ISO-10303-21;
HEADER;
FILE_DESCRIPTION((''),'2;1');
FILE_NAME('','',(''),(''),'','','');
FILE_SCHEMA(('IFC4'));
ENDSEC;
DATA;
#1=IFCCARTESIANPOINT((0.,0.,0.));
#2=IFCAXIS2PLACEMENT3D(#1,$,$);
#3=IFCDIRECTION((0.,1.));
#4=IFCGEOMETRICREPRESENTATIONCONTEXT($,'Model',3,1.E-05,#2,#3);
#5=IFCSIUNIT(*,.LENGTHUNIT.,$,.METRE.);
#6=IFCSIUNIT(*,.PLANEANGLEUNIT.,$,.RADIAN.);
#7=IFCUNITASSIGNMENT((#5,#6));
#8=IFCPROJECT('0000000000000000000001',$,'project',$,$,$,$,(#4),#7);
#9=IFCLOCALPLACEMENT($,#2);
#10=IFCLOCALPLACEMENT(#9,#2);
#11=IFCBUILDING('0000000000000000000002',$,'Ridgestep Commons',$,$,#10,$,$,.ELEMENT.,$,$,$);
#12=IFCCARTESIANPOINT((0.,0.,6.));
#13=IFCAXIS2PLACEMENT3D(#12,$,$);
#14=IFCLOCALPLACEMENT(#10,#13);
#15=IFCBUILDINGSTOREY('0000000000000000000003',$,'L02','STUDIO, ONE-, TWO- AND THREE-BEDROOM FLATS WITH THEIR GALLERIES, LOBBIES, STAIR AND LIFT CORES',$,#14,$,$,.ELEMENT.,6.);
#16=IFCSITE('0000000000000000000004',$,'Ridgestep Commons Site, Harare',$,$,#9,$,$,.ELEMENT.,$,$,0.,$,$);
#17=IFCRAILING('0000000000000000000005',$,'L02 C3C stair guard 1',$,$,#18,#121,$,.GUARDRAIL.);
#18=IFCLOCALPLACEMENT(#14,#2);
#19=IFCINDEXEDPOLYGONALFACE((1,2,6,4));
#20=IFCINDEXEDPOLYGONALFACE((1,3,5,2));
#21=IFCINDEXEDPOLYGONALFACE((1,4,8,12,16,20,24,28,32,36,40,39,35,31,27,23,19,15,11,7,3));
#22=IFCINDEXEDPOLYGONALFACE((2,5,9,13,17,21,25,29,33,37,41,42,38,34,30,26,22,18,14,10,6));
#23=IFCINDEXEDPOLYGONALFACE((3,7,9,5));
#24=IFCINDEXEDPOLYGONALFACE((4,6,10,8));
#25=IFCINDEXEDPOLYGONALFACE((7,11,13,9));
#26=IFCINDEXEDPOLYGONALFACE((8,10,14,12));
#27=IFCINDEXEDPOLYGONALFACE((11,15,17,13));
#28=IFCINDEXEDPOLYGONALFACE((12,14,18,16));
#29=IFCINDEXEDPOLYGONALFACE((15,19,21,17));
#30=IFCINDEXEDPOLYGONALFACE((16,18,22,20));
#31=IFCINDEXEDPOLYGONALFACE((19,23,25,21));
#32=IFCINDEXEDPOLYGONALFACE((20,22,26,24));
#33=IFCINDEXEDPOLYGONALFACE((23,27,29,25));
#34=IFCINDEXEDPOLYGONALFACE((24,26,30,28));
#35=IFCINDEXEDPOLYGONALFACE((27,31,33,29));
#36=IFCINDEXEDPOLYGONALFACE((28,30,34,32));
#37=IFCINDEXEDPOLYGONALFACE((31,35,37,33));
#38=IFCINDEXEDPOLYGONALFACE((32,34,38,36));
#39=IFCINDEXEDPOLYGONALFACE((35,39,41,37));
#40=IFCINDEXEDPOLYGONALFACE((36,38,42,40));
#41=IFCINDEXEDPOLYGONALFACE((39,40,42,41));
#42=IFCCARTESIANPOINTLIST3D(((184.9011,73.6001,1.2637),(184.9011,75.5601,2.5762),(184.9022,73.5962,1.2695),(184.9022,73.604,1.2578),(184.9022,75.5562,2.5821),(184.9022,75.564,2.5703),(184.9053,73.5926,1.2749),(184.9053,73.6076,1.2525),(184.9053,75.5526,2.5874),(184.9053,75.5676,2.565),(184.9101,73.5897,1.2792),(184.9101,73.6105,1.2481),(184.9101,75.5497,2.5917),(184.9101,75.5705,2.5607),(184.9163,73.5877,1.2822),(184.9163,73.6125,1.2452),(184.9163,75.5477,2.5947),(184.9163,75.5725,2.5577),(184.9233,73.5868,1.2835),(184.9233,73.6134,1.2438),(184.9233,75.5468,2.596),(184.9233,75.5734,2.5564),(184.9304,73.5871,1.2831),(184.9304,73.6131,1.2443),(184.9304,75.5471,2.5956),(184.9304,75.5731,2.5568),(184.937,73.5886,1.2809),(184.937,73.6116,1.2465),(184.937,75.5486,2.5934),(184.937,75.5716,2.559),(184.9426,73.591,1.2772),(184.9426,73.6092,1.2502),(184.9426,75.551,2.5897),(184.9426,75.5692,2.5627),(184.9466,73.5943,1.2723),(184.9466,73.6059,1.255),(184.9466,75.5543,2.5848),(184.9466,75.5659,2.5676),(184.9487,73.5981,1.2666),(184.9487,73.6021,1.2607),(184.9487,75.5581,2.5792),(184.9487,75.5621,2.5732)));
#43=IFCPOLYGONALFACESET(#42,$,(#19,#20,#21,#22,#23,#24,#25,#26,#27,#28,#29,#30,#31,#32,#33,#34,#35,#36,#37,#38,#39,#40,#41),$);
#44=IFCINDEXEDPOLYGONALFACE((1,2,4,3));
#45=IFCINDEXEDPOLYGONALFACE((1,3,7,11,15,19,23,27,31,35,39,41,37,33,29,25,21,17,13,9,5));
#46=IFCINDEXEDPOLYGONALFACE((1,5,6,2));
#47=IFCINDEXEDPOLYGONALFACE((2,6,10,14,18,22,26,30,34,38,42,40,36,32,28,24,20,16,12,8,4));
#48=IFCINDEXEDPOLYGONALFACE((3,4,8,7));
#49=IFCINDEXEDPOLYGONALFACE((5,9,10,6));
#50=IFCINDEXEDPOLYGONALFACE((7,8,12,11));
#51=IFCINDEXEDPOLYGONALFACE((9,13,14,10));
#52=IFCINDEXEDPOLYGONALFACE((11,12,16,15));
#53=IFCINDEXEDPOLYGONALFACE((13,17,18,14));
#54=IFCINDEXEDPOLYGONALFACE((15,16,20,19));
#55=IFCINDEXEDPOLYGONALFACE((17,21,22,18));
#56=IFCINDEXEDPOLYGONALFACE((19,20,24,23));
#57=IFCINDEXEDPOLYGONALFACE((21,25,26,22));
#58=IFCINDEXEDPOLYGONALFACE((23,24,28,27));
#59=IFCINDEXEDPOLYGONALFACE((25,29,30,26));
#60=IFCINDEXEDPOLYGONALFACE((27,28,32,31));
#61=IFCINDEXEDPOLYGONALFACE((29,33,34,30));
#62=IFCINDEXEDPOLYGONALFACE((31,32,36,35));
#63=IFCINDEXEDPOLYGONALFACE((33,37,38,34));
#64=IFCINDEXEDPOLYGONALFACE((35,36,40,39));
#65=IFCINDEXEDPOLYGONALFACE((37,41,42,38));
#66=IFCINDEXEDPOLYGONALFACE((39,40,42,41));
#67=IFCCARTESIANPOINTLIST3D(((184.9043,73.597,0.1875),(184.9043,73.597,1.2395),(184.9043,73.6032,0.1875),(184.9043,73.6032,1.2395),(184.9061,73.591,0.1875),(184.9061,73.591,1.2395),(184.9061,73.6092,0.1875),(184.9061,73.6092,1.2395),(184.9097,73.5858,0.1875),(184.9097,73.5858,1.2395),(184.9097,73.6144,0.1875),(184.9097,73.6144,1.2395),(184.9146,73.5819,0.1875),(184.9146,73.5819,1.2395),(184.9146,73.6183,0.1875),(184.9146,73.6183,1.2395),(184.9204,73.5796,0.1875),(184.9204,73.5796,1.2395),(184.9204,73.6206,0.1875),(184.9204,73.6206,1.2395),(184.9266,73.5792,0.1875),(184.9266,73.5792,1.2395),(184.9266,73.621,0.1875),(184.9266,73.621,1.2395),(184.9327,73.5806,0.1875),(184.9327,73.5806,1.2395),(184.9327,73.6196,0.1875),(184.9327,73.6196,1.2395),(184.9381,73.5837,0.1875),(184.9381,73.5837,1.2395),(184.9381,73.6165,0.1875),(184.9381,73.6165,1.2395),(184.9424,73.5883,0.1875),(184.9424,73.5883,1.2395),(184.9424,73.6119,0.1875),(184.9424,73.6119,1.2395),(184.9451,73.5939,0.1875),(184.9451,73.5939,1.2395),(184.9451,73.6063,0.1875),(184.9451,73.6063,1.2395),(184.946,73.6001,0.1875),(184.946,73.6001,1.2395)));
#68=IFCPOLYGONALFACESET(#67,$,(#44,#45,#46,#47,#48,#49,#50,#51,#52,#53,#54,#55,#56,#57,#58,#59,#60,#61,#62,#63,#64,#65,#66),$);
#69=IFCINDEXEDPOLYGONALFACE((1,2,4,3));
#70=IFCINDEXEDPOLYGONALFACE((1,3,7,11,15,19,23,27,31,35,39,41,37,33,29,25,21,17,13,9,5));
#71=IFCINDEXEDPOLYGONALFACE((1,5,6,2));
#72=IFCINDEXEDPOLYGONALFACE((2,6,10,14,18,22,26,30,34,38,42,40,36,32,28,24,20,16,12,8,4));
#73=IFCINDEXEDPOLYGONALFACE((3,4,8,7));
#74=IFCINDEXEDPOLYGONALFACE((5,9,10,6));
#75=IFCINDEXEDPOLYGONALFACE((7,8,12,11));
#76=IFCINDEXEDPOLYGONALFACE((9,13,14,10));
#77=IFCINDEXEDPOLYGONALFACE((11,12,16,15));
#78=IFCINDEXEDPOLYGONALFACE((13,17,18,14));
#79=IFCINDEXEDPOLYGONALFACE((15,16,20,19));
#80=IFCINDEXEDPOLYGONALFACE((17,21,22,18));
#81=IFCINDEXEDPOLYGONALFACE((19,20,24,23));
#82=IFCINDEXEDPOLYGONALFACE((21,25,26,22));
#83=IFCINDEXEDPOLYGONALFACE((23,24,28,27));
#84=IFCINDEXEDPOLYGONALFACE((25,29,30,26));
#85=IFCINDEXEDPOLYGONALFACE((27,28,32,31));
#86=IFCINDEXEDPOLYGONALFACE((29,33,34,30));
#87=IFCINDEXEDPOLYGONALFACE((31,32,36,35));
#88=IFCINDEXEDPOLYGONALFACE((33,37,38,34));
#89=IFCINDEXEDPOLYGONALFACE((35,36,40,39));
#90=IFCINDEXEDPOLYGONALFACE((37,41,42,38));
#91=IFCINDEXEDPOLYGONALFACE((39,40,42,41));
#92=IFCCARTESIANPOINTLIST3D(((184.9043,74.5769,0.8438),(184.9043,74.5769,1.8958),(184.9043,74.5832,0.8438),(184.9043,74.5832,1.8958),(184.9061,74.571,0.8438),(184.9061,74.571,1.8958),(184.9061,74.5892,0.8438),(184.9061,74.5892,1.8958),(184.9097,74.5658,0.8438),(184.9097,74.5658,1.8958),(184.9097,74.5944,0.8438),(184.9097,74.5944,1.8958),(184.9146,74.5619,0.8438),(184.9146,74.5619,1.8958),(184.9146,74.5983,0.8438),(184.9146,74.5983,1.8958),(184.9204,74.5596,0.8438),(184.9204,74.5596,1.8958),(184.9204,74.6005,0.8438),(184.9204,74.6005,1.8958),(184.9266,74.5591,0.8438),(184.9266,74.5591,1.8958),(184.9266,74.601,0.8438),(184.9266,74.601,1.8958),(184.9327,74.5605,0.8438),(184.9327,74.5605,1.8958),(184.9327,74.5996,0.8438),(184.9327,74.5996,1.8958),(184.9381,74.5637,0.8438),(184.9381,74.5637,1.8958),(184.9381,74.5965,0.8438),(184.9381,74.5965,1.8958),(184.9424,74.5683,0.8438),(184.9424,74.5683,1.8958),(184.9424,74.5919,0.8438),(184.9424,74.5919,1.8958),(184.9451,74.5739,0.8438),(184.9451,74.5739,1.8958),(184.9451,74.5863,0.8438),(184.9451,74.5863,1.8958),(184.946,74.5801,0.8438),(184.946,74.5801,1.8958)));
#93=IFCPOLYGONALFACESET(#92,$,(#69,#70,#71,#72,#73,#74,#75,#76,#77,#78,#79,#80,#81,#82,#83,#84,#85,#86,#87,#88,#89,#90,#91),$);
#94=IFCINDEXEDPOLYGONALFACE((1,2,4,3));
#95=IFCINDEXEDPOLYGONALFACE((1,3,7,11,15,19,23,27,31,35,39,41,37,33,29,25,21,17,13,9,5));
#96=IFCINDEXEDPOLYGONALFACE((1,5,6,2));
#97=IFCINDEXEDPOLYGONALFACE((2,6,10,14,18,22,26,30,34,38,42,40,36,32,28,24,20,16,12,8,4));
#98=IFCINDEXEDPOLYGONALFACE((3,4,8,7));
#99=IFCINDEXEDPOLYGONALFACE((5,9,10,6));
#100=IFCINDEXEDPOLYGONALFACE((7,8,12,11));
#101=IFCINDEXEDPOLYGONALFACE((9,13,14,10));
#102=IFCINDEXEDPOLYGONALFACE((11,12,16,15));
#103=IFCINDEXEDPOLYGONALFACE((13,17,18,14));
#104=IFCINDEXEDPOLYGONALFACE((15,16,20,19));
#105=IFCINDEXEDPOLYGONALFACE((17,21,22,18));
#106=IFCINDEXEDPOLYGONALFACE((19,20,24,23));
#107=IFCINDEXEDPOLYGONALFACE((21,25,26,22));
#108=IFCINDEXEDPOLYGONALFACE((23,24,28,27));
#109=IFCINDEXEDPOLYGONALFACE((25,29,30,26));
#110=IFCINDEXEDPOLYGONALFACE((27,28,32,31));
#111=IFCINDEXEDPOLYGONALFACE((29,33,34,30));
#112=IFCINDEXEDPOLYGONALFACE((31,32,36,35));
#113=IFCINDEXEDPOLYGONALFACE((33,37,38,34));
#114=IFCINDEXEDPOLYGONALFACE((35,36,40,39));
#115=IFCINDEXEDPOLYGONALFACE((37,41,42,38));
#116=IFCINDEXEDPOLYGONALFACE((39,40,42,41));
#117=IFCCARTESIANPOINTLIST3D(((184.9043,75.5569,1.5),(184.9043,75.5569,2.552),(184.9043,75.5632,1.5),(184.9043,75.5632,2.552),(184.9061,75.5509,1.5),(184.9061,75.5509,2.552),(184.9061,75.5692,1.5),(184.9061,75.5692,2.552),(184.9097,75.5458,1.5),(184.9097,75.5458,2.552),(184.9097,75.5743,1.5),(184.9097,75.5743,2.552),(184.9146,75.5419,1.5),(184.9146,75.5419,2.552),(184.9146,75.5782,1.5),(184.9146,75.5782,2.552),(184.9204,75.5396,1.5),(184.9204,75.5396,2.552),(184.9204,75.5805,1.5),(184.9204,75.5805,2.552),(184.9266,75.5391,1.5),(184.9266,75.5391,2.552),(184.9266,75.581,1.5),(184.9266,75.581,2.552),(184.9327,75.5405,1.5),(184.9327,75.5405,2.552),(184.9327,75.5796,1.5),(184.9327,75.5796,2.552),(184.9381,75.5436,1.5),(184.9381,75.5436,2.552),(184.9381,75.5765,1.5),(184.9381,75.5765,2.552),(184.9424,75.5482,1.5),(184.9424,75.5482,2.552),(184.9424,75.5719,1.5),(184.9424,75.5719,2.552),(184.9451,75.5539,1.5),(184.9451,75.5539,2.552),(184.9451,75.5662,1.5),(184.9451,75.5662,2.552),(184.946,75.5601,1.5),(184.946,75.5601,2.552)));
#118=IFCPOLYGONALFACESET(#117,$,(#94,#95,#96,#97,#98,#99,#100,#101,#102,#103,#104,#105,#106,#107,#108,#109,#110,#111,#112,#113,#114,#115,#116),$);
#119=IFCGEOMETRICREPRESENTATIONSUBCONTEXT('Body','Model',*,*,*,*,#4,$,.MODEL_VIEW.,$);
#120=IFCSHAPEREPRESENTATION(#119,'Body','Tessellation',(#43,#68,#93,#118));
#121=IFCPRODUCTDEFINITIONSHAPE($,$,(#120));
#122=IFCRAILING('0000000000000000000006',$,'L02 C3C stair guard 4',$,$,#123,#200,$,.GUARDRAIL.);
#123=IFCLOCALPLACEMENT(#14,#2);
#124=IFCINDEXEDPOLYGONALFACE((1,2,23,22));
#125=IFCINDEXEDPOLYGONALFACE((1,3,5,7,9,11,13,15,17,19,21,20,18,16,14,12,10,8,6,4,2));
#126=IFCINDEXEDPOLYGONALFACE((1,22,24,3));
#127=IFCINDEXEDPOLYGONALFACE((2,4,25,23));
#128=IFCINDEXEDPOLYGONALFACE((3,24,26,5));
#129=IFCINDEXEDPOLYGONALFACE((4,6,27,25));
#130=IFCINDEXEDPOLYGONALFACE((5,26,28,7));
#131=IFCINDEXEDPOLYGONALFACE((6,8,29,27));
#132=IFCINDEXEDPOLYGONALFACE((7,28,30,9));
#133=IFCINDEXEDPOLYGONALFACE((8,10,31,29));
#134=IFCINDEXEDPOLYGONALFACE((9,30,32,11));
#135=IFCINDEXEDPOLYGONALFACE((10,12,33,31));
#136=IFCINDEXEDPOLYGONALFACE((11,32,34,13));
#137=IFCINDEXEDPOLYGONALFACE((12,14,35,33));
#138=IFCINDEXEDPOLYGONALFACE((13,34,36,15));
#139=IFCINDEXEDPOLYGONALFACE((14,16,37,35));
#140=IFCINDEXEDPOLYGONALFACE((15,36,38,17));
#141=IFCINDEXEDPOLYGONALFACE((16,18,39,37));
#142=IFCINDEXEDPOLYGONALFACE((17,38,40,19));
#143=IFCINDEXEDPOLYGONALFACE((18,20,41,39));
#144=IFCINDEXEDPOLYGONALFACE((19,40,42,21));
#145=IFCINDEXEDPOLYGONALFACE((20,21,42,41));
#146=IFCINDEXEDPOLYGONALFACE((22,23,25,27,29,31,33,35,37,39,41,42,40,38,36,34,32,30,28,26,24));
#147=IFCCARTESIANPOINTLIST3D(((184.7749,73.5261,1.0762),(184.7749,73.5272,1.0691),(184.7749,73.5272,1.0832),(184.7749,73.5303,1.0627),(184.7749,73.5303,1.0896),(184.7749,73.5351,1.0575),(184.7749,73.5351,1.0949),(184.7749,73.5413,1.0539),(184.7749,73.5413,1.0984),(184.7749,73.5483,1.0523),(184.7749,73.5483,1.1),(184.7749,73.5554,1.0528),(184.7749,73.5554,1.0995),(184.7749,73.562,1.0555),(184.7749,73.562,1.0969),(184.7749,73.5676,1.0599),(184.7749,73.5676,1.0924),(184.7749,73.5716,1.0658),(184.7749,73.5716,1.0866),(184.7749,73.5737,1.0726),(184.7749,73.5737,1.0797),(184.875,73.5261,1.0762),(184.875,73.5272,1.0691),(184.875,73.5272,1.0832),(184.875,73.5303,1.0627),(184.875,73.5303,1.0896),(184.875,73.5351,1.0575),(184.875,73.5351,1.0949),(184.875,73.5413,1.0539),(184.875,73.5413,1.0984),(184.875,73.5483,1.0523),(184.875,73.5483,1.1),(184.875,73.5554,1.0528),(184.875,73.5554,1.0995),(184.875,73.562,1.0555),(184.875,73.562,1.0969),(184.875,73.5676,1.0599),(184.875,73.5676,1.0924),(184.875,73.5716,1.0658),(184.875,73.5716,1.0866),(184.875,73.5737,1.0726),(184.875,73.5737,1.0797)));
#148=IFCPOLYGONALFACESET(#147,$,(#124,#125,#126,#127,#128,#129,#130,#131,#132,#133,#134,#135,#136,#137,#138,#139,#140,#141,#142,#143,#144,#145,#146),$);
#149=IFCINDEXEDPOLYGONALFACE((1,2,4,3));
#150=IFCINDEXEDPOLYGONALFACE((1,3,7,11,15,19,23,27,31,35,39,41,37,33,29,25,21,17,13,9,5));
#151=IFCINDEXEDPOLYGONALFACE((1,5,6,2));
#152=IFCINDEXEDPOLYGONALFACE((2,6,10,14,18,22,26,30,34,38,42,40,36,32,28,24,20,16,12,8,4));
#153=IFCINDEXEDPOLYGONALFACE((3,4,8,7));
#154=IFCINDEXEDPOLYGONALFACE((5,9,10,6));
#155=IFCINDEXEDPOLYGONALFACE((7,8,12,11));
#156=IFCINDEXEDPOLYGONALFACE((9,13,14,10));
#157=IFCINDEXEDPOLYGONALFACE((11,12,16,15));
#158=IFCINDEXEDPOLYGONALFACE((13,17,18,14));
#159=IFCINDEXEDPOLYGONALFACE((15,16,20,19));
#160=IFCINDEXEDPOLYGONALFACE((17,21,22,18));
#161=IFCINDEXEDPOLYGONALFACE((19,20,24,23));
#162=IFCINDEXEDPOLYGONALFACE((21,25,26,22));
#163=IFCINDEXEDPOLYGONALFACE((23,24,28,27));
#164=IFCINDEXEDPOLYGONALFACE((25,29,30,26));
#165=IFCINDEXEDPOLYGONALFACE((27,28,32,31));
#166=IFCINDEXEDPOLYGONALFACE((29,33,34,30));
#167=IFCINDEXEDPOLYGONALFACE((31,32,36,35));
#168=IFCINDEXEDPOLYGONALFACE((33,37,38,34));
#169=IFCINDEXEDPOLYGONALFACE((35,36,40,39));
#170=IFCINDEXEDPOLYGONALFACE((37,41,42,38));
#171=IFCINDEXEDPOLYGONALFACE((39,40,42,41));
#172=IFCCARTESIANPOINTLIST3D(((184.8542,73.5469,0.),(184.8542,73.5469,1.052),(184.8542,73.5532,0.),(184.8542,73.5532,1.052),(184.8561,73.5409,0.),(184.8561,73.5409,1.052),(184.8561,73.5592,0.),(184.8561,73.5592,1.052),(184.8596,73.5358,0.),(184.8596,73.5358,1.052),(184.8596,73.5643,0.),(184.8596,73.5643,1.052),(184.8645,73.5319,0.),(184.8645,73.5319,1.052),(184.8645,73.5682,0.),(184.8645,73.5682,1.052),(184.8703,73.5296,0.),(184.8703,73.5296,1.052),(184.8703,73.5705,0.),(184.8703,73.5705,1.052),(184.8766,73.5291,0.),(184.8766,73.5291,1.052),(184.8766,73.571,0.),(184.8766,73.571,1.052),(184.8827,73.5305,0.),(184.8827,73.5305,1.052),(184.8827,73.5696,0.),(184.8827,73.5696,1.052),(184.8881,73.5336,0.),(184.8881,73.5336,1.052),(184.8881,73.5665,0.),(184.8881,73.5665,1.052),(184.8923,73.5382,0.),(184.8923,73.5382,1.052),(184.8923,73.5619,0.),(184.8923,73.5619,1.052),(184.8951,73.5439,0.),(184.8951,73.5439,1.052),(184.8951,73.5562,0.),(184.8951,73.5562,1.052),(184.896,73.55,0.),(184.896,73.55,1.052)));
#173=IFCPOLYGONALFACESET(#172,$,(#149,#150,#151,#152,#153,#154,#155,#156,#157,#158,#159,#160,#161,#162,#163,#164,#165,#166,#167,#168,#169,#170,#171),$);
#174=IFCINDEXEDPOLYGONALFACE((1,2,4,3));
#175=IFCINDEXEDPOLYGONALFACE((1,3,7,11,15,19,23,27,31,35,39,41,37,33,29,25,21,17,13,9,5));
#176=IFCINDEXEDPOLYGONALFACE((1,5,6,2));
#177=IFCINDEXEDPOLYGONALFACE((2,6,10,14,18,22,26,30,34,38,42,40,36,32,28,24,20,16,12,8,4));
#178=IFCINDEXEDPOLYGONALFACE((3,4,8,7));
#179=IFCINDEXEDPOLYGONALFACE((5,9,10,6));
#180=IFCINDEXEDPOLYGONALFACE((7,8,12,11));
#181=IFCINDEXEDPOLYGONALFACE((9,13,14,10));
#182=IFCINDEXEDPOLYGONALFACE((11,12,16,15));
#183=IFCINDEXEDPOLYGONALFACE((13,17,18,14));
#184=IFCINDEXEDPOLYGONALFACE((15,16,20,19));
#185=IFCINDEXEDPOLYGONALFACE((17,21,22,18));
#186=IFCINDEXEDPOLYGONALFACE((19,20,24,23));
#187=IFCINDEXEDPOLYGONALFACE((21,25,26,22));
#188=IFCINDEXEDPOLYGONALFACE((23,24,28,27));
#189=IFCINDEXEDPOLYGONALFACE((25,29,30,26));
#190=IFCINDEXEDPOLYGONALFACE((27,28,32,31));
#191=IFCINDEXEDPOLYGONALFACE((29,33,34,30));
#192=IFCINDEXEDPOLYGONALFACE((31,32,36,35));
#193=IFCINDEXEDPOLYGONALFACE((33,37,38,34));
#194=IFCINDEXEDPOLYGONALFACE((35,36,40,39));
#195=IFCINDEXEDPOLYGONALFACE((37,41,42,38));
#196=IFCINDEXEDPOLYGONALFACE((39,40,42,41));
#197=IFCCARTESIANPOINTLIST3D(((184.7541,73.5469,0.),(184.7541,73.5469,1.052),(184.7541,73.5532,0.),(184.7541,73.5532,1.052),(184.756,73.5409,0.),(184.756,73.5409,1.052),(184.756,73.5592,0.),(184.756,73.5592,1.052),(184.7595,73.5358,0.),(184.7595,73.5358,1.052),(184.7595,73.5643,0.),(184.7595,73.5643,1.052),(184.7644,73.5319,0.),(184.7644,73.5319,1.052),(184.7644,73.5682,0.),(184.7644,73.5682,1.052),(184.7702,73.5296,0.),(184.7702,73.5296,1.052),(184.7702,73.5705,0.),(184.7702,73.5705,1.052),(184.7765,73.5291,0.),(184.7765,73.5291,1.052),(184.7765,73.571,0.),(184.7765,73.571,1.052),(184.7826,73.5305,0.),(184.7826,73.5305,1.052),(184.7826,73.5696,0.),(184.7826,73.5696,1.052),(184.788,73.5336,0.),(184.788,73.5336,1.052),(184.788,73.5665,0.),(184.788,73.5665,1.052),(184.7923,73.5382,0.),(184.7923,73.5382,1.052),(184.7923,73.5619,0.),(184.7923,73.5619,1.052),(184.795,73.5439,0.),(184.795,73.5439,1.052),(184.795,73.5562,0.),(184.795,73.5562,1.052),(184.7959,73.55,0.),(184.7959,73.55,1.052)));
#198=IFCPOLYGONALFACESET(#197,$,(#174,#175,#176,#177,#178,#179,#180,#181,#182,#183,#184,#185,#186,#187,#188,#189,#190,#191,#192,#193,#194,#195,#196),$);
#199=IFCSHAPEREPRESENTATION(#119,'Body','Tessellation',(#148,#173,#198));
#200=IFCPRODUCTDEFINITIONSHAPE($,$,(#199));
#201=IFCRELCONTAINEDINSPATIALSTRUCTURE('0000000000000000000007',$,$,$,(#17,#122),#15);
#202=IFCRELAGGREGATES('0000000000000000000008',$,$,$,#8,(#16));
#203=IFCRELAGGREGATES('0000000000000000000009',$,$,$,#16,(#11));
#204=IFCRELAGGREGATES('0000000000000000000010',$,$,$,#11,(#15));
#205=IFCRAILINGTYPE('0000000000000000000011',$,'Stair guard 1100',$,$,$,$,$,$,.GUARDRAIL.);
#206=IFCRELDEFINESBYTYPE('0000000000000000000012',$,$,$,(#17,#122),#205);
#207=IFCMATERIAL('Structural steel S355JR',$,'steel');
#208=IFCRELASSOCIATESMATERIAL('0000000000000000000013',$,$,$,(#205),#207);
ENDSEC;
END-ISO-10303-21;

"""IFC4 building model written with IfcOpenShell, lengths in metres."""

from ifc_helpers import new_model, si_unit, direction, frame, origin, origin_2d, place, context, subcontext, project, spatial, circle, extrude, material, type_object, element, save


model = new_model("IFC4")

# Units and contexts
model_context = context("Model", 3, precision=1e-05, world=origin(), true_north=direction((0.0, 1.0)))
body_context = subcontext(model_context, "Body", "Model", "MODEL_VIEW")
ifc_project = project(units=[si_unit("LENGTHUNIT", "METRE"), si_unit("PLANEANGLEUNIT", "RADIAN")], contexts=[model_context])

# Site, building, storey
site_placement = place(None, origin())
site = spatial("IfcSite", under=ifc_project, at=site_placement, Name="Ridgestep Commons Site, Harare", CompositionType="ELEMENT", RefElevation=0.0)
building_placement = place(site_placement, origin())
building = spatial("IfcBuilding", under=site, at=building_placement, Name="Ridgestep Commons", CompositionType="ELEMENT")
storey_placement = place(building_placement, frame((0.0, 0.0, 6.0)))
storey = spatial("IfcBuildingStorey", under=building, at=storey_placement, Name="L02", Description="STUDIO, ONE-, TWO- AND THREE-BEDROOM FLATS WITH THEIR GALLERIES, LOBBIES, STAIR AND LIFT CORES", CompositionType="ELEMENT", Elevation=6.0)

# Railings
ifc_material_1 = material(Name="Structural steel S355JR", Category="steel")
railing_type_1 = type_object("IfcRailingType", Name="Stair guard 1100", PredefinedType="GUARDRAIL", material=ifc_material_1)
railing_1_placement = place(storey_placement, frame((184.925, 73.6001, 0.1875)))
element("IfcRailing", 1, at=railing_1_placement, inside=storey, type_object=railing_type_1, Name="L02 C3C stair guard 1", PredefinedType="GUARDRAIL", context=body_context, shape_type="SweptSolid", body=[
    extrude(circle(Radius=0.0239, at=origin_2d()), frame((0.0, 0.0, 1.0762), z_axis=(0.0, 0.830902, 0.556419), x_axis=(-1.0, 0.0, 0.0)), (0.0, 0.0, 1.0), 2.3589),
    extrude(circle(Radius=0.021, at=origin_2d()), origin(), (0.0, 0.0, 1.0), 1.052),
    extrude(circle(Radius=0.021, at=origin_2d()), frame((0.0, 0.98, 0.6562)), (0.0, 0.0, 1.0), 1.052),
    extrude(circle(Radius=0.021, at=origin_2d()), frame((0.0, 1.96, 1.3125)), (0.0, 0.0, 1.0), 1.052),
])
railing_2_placement = place(storey_placement, frame((184.875, 73.55, 0.0)))
element("IfcRailing", 2, at=railing_2_placement, inside=storey, type_object=railing_type_1, Name="L02 C3C stair guard 4", PredefinedType="GUARDRAIL", context=body_context, shape_type="SweptSolid", body=[
    extrude(circle(Radius=0.0239, at=origin_2d()), frame((0.0, 0.0, 1.0762), z_axis=(-1.0, 0.0, 0.0), x_axis=(0.0, -1.0, 0.0)), (0.0, 0.0, 1.0), 0.1001),
    extrude(circle(Radius=0.021, at=origin_2d()), origin(), (0.0, 0.0, 1.0), 1.052),
    extrude(circle(Radius=0.021, at=origin_2d()), frame((-0.1001, 0.0, 0.0)), (0.0, 0.0, 1.0), 1.052),
])

save(model, "model.ifc")
